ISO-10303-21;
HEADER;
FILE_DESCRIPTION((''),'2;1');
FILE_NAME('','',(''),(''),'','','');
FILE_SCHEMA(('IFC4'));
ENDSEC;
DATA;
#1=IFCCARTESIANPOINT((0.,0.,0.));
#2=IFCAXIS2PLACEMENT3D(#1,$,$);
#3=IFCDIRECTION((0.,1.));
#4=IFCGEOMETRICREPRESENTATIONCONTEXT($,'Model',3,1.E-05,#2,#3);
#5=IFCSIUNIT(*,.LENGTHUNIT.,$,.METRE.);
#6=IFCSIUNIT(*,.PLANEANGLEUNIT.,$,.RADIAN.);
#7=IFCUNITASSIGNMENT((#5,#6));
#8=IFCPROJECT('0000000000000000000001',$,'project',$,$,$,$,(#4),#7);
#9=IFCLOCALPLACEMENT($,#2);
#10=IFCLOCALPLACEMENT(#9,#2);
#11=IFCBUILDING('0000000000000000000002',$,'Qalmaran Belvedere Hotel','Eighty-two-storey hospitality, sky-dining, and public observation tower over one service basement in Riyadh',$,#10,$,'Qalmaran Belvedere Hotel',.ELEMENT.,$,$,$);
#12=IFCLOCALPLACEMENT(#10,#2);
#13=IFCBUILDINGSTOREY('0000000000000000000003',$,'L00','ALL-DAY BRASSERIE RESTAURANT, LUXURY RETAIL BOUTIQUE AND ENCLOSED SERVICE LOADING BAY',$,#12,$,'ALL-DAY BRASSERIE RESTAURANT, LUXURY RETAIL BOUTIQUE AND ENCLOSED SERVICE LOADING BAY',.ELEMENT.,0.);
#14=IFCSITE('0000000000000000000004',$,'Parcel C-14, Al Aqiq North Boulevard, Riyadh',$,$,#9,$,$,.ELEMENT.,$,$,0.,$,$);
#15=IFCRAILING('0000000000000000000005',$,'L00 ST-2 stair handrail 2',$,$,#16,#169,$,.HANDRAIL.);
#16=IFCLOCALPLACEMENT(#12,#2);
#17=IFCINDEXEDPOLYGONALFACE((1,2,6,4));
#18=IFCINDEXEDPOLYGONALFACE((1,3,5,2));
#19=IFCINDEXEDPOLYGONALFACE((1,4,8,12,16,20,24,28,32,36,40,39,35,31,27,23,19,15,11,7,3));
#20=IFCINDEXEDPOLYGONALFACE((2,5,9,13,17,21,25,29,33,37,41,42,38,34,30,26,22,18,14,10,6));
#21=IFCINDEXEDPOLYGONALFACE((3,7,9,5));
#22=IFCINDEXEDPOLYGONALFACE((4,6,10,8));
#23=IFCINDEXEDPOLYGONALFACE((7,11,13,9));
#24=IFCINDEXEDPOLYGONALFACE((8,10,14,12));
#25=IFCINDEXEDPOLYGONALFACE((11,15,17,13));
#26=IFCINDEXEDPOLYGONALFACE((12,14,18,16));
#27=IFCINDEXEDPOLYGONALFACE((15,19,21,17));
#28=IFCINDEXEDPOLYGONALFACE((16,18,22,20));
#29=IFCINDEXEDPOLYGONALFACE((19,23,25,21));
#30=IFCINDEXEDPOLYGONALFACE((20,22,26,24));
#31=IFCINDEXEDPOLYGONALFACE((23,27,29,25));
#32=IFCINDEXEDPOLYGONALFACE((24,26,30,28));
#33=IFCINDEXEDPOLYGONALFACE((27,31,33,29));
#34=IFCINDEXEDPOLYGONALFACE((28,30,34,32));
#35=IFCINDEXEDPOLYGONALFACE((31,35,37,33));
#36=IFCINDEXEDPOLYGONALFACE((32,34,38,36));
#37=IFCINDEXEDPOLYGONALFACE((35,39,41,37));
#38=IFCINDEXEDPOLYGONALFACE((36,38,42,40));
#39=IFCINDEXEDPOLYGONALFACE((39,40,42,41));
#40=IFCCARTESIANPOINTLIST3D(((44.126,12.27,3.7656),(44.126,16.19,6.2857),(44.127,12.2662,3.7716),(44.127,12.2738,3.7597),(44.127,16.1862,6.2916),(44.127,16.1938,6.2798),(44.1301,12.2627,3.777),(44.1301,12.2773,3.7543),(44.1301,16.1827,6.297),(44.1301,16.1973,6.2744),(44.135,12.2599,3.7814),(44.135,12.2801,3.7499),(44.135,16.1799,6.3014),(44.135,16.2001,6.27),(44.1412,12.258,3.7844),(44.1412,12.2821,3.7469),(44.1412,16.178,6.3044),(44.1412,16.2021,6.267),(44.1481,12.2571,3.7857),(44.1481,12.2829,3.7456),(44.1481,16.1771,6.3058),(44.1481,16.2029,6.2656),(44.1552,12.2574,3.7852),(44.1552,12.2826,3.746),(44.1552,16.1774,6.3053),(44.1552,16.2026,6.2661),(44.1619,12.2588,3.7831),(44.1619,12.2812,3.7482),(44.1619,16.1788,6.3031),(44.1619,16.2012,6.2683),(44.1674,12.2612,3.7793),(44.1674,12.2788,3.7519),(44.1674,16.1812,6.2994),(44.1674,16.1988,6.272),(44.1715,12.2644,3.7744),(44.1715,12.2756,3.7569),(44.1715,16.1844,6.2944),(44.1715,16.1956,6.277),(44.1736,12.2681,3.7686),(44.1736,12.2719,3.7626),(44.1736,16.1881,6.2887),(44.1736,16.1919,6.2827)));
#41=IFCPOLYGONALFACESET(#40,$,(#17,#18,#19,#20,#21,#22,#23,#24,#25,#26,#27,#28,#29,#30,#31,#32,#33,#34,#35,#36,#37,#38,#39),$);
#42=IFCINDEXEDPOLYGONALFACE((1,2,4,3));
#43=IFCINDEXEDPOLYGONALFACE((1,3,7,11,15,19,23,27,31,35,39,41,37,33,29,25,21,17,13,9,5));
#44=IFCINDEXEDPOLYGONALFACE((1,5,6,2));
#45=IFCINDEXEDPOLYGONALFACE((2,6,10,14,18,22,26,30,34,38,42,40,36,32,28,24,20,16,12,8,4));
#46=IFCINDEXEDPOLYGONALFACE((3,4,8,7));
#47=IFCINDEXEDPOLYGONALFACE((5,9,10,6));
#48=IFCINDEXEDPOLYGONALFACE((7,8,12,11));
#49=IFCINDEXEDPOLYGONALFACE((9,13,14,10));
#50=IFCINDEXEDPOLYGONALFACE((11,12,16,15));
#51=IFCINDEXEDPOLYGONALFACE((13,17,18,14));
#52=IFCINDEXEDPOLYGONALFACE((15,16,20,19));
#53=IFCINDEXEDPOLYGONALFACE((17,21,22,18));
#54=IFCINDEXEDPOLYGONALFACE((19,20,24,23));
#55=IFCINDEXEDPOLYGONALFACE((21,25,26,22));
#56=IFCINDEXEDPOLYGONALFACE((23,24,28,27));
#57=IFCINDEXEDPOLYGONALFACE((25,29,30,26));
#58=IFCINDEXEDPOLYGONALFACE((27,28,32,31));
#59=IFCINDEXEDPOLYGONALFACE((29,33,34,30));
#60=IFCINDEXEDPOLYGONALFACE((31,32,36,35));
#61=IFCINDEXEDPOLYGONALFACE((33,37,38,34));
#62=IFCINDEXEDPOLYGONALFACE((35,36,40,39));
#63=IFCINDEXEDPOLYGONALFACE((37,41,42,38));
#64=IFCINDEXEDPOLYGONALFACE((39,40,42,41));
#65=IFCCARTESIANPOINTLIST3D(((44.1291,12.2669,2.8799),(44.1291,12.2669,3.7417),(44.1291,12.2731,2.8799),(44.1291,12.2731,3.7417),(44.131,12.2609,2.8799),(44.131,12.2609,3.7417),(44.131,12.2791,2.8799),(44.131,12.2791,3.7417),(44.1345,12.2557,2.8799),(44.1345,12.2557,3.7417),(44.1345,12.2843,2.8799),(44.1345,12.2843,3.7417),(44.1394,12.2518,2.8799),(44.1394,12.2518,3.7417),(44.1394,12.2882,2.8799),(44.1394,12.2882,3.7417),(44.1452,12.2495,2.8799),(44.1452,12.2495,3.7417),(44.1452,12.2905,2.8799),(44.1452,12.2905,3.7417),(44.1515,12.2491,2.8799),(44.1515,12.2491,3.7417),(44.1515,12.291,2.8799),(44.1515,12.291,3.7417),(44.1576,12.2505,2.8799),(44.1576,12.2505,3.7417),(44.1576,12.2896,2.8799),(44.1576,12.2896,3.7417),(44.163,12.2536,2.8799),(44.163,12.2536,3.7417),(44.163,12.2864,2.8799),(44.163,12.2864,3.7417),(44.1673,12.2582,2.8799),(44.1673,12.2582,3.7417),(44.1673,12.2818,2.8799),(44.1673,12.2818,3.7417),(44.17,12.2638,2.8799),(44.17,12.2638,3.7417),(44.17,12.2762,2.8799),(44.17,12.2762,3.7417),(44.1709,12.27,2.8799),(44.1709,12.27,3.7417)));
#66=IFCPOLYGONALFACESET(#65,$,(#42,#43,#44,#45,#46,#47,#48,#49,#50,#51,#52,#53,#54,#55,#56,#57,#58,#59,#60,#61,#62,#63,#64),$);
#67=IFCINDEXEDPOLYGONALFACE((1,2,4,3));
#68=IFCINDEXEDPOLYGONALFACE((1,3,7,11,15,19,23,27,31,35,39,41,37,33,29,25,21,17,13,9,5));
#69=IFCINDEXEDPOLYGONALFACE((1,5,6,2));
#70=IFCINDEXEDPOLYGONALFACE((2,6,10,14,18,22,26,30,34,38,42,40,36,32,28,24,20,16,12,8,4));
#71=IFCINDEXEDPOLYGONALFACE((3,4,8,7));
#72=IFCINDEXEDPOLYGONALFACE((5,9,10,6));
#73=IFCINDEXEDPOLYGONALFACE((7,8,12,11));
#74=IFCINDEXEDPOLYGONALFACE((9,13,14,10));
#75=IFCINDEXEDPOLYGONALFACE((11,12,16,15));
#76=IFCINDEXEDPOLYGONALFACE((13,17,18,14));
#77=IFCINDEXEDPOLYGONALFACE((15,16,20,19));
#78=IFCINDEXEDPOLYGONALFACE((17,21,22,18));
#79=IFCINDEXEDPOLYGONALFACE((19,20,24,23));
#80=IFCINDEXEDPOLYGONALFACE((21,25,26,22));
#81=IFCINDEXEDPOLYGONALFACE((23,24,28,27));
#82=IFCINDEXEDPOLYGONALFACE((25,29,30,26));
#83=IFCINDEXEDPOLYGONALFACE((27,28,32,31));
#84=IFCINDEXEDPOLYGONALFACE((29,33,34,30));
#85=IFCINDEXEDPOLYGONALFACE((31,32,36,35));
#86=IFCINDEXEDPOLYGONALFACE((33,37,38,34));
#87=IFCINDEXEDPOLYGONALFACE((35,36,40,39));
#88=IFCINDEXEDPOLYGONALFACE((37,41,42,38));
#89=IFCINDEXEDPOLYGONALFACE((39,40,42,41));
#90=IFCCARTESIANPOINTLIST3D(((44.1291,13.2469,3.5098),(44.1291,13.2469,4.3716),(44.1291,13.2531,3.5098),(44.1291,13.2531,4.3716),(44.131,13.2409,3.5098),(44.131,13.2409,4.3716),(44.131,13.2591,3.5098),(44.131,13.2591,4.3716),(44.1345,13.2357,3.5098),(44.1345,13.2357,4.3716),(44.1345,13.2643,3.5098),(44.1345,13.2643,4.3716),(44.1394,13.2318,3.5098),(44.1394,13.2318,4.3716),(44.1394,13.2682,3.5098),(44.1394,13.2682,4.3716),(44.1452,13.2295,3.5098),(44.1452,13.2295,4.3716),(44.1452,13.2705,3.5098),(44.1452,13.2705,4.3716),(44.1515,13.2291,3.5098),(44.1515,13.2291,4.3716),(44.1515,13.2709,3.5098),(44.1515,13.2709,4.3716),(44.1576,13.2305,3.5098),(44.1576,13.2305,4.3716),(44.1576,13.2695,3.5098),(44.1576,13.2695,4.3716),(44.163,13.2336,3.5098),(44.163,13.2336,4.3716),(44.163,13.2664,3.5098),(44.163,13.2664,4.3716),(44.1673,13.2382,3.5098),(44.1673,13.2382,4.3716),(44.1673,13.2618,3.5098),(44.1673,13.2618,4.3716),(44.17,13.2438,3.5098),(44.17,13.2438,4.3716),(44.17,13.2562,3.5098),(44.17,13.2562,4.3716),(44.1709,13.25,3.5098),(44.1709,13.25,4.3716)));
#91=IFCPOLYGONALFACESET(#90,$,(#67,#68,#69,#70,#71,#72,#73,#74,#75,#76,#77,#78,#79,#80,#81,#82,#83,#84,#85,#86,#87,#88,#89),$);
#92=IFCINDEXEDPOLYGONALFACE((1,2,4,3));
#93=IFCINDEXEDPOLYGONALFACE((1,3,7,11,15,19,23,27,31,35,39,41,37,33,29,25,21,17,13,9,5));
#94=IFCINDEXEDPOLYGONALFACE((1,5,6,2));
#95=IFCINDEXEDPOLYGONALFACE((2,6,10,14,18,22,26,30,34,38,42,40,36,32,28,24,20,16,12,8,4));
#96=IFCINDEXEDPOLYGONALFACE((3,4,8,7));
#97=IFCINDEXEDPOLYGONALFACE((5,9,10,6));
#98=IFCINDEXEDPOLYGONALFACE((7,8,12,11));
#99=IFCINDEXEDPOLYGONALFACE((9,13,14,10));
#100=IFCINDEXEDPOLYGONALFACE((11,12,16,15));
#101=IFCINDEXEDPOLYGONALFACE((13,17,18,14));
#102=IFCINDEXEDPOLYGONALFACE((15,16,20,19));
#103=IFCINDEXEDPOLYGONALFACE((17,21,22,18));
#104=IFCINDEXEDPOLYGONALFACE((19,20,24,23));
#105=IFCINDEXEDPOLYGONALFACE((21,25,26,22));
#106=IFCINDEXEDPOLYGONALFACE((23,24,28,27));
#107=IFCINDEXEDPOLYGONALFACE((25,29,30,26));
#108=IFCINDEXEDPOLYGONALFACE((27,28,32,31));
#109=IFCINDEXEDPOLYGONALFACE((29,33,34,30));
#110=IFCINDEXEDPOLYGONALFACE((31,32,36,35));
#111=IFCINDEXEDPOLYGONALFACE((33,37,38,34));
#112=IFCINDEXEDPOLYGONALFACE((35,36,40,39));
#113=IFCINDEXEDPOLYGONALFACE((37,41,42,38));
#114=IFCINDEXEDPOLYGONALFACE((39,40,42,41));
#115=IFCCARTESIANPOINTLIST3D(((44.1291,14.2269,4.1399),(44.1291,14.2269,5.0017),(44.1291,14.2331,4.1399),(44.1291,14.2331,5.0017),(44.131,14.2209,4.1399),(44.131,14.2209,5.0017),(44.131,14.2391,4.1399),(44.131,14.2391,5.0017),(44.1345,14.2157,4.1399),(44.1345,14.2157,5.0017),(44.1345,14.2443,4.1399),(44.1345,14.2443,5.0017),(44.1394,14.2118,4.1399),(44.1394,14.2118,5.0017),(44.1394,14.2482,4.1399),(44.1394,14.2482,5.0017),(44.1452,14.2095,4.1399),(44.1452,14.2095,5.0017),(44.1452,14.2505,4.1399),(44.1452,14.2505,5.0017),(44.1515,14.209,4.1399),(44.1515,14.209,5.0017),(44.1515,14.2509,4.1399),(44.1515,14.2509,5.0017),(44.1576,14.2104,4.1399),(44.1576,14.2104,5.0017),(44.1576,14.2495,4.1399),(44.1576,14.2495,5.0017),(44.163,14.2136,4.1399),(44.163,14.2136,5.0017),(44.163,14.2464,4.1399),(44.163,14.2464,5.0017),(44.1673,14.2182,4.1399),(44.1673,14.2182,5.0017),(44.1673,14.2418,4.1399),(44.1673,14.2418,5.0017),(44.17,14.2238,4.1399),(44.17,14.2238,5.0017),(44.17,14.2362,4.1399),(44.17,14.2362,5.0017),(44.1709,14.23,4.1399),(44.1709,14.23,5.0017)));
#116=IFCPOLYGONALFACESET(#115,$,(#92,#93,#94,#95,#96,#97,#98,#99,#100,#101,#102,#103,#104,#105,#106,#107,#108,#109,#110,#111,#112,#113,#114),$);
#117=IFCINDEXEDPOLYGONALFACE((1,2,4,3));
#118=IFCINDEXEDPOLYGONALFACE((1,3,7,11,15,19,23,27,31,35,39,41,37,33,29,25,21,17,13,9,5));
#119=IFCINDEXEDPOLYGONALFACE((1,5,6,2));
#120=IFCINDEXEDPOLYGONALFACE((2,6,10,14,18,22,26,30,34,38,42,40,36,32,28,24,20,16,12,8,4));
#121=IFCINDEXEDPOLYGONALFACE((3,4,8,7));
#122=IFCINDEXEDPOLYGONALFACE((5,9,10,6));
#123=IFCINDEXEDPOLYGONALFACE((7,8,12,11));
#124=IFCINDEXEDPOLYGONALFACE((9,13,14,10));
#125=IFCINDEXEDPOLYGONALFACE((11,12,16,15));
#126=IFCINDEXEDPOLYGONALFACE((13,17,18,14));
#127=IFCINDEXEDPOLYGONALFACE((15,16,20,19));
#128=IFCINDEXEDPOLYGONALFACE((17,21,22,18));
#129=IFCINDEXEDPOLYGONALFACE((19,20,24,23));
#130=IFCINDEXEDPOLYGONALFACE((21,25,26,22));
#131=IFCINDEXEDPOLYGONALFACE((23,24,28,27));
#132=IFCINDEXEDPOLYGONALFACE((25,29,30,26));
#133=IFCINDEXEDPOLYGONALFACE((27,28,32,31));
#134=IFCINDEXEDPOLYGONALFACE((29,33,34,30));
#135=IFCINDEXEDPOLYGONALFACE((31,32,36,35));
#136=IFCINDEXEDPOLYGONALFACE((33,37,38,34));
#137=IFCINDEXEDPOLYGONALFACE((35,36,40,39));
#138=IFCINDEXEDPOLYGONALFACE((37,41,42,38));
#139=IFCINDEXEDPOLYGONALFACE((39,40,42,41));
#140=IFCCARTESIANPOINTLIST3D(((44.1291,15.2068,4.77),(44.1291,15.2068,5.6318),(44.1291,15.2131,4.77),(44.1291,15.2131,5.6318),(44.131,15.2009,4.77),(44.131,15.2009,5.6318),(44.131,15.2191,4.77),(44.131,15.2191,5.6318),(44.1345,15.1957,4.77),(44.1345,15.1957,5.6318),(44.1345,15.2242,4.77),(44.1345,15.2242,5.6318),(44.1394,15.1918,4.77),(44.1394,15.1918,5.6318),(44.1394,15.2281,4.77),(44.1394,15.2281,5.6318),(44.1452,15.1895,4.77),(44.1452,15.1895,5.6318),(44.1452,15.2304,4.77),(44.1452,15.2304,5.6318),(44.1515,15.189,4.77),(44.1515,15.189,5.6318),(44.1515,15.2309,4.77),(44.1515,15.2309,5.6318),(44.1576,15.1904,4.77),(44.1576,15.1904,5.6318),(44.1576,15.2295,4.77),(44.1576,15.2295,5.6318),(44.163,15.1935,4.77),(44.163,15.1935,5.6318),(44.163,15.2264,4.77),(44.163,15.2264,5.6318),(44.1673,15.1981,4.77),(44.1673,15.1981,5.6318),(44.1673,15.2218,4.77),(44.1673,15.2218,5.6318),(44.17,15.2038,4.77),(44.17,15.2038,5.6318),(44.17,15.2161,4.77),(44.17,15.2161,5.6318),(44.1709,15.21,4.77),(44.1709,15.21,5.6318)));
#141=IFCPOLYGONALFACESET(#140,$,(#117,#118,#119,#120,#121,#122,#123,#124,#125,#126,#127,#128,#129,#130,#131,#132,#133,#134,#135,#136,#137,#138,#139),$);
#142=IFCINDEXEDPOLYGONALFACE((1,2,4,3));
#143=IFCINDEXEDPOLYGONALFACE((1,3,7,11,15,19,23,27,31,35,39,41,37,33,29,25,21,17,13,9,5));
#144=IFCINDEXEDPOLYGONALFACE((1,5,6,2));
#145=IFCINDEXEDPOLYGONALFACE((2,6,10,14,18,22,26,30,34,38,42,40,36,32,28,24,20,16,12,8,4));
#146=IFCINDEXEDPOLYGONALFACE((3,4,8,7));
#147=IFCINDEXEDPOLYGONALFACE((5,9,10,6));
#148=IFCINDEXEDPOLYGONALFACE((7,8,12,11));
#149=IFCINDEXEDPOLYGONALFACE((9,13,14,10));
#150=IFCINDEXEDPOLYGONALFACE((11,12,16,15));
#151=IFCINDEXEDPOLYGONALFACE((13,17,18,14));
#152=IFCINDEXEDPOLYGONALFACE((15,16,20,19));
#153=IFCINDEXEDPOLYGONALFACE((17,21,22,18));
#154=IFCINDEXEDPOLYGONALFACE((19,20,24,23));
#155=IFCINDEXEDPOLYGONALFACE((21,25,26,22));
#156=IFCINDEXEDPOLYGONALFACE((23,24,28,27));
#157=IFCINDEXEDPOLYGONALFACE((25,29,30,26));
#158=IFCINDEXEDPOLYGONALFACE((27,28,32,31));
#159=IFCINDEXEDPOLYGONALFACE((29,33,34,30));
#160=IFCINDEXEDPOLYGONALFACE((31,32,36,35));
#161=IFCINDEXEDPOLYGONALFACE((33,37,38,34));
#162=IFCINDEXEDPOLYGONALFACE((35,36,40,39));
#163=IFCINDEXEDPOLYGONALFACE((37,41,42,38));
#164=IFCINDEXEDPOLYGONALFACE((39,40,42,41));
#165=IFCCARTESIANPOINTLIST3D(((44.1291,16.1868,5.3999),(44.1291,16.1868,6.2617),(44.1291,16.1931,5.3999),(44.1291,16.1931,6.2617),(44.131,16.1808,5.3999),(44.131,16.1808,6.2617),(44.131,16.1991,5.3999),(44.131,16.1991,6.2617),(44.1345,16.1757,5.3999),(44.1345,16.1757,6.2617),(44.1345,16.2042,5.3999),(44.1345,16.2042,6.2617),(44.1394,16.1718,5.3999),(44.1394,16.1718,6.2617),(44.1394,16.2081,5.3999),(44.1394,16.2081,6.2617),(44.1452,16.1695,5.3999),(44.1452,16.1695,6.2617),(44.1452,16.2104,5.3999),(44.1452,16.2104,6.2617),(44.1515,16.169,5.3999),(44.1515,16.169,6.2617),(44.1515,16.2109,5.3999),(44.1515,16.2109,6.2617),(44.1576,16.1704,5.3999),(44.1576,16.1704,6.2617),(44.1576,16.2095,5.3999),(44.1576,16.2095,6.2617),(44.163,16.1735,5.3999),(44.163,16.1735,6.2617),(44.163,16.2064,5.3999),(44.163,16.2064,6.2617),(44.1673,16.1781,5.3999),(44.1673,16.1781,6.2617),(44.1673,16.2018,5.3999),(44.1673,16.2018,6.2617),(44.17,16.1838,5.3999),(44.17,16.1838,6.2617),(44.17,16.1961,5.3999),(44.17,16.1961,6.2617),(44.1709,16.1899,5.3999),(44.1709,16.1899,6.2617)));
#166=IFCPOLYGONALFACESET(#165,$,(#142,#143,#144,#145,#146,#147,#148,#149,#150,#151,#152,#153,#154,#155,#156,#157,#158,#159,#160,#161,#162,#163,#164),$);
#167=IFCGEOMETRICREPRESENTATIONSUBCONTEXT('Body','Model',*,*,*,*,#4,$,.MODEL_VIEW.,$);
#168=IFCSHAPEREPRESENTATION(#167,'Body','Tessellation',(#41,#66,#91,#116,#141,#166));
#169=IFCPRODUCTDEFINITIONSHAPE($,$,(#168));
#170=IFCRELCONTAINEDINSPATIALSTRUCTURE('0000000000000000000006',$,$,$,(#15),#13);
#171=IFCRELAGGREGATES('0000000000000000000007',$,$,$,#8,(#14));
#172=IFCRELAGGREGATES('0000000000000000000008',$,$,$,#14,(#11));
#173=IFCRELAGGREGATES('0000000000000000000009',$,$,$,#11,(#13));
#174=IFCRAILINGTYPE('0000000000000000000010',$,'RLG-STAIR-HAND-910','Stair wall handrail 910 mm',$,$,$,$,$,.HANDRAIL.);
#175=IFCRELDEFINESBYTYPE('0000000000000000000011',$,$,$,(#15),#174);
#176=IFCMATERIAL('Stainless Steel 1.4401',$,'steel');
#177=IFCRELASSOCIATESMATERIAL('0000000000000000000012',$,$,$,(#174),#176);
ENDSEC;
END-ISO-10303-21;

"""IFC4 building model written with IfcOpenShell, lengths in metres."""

from ifc_helpers import new_model, si_unit, direction, frame, origin, origin_2d, place, context, subcontext, project, spatial, circle, extrude, material, type_object, element, save


model = new_model("IFC4")

# Units and contexts
model_context = context("Model", 3, precision=1e-05, world=origin(), true_north=direction((0.0, 1.0)))
body_context = subcontext(model_context, "Body", "Model", "MODEL_VIEW")
ifc_project = project(units=[si_unit("LENGTHUNIT", "METRE"), si_unit("PLANEANGLEUNIT", "RADIAN")], contexts=[model_context])

# Site, building, storey
site_placement = place(None, origin())
site = spatial("IfcSite", under=ifc_project, at=site_placement, Name="Parcel C-14, Al Aqiq North Boulevard, Riyadh", CompositionType="ELEMENT", RefElevation=0.0)
building_placement = place(site_placement, origin())
building = spatial("IfcBuilding", under=site, at=building_placement, Name="Qalmaran Belvedere Hotel", Description="Eighty-two-storey hospitality, sky-dining, and public observation tower over one service basement in Riyadh", LongName="Qalmaran Belvedere Hotel", CompositionType="ELEMENT")
storey_placement = place(building_placement, origin())
storey = spatial("IfcBuildingStorey", under=building, at=storey_placement, Name="L00", Description="ALL-DAY BRASSERIE RESTAURANT, LUXURY RETAIL BOUTIQUE AND ENCLOSED SERVICE LOADING BAY", LongName="ALL-DAY BRASSERIE RESTAURANT, LUXURY RETAIL BOUTIQUE AND ENCLOSED SERVICE LOADING BAY", CompositionType="ELEMENT", Elevation=0.0)

# Railing
ifc_material_1 = material(Name="Stainless Steel 1.4401", Category="steel")
railing_type_1 = type_object("IfcRailingType", Name="RLG-STAIR-HAND-910", Description="Stair wall handrail 910 mm", PredefinedType="HANDRAIL", material=ifc_material_1)
railing_1_placement = place(storey_placement, frame((44.1499, 12.27, 2.8799)))
element("IfcRailing", 1, at=railing_1_placement, inside=storey, type_object=railing_type_1, Name="L00 ST-2 stair handrail 2", PredefinedType="HANDRAIL", context=body_context, shape_type="SweptSolid", body=[
    extrude(circle(Radius=0.0239, at=origin_2d()), frame((0.0, 0.0, 0.8857), z_axis=(0.0, 0.841172, 0.540768), x_axis=(-1.0, 0.0, 0.0)), (0.0, 0.0, 1.0), 4.6602),
    extrude(circle(Radius=0.021, at=origin_2d()), origin(), (0.0, 0.0, 1.0), 0.8618),
    extrude(circle(Radius=0.021, at=origin_2d()), frame((0.0, 0.98, 0.6299)), (0.0, 0.0, 1.0), 0.8618),
    extrude(circle(Radius=0.021, at=origin_2d()), frame((0.0, 1.96, 1.26)), (0.0, 0.0, 1.0), 0.8618),
    extrude(circle(Radius=0.021, at=origin_2d()), frame((0.0, 2.9399, 1.8901)), (0.0, 0.0, 1.0), 0.8618),
    extrude(circle(Radius=0.021, at=origin_2d()), frame((0.0, 3.9199, 2.52)), (0.0, 0.0, 1.0), 0.8618),
])

save(model, "model.ifc")
